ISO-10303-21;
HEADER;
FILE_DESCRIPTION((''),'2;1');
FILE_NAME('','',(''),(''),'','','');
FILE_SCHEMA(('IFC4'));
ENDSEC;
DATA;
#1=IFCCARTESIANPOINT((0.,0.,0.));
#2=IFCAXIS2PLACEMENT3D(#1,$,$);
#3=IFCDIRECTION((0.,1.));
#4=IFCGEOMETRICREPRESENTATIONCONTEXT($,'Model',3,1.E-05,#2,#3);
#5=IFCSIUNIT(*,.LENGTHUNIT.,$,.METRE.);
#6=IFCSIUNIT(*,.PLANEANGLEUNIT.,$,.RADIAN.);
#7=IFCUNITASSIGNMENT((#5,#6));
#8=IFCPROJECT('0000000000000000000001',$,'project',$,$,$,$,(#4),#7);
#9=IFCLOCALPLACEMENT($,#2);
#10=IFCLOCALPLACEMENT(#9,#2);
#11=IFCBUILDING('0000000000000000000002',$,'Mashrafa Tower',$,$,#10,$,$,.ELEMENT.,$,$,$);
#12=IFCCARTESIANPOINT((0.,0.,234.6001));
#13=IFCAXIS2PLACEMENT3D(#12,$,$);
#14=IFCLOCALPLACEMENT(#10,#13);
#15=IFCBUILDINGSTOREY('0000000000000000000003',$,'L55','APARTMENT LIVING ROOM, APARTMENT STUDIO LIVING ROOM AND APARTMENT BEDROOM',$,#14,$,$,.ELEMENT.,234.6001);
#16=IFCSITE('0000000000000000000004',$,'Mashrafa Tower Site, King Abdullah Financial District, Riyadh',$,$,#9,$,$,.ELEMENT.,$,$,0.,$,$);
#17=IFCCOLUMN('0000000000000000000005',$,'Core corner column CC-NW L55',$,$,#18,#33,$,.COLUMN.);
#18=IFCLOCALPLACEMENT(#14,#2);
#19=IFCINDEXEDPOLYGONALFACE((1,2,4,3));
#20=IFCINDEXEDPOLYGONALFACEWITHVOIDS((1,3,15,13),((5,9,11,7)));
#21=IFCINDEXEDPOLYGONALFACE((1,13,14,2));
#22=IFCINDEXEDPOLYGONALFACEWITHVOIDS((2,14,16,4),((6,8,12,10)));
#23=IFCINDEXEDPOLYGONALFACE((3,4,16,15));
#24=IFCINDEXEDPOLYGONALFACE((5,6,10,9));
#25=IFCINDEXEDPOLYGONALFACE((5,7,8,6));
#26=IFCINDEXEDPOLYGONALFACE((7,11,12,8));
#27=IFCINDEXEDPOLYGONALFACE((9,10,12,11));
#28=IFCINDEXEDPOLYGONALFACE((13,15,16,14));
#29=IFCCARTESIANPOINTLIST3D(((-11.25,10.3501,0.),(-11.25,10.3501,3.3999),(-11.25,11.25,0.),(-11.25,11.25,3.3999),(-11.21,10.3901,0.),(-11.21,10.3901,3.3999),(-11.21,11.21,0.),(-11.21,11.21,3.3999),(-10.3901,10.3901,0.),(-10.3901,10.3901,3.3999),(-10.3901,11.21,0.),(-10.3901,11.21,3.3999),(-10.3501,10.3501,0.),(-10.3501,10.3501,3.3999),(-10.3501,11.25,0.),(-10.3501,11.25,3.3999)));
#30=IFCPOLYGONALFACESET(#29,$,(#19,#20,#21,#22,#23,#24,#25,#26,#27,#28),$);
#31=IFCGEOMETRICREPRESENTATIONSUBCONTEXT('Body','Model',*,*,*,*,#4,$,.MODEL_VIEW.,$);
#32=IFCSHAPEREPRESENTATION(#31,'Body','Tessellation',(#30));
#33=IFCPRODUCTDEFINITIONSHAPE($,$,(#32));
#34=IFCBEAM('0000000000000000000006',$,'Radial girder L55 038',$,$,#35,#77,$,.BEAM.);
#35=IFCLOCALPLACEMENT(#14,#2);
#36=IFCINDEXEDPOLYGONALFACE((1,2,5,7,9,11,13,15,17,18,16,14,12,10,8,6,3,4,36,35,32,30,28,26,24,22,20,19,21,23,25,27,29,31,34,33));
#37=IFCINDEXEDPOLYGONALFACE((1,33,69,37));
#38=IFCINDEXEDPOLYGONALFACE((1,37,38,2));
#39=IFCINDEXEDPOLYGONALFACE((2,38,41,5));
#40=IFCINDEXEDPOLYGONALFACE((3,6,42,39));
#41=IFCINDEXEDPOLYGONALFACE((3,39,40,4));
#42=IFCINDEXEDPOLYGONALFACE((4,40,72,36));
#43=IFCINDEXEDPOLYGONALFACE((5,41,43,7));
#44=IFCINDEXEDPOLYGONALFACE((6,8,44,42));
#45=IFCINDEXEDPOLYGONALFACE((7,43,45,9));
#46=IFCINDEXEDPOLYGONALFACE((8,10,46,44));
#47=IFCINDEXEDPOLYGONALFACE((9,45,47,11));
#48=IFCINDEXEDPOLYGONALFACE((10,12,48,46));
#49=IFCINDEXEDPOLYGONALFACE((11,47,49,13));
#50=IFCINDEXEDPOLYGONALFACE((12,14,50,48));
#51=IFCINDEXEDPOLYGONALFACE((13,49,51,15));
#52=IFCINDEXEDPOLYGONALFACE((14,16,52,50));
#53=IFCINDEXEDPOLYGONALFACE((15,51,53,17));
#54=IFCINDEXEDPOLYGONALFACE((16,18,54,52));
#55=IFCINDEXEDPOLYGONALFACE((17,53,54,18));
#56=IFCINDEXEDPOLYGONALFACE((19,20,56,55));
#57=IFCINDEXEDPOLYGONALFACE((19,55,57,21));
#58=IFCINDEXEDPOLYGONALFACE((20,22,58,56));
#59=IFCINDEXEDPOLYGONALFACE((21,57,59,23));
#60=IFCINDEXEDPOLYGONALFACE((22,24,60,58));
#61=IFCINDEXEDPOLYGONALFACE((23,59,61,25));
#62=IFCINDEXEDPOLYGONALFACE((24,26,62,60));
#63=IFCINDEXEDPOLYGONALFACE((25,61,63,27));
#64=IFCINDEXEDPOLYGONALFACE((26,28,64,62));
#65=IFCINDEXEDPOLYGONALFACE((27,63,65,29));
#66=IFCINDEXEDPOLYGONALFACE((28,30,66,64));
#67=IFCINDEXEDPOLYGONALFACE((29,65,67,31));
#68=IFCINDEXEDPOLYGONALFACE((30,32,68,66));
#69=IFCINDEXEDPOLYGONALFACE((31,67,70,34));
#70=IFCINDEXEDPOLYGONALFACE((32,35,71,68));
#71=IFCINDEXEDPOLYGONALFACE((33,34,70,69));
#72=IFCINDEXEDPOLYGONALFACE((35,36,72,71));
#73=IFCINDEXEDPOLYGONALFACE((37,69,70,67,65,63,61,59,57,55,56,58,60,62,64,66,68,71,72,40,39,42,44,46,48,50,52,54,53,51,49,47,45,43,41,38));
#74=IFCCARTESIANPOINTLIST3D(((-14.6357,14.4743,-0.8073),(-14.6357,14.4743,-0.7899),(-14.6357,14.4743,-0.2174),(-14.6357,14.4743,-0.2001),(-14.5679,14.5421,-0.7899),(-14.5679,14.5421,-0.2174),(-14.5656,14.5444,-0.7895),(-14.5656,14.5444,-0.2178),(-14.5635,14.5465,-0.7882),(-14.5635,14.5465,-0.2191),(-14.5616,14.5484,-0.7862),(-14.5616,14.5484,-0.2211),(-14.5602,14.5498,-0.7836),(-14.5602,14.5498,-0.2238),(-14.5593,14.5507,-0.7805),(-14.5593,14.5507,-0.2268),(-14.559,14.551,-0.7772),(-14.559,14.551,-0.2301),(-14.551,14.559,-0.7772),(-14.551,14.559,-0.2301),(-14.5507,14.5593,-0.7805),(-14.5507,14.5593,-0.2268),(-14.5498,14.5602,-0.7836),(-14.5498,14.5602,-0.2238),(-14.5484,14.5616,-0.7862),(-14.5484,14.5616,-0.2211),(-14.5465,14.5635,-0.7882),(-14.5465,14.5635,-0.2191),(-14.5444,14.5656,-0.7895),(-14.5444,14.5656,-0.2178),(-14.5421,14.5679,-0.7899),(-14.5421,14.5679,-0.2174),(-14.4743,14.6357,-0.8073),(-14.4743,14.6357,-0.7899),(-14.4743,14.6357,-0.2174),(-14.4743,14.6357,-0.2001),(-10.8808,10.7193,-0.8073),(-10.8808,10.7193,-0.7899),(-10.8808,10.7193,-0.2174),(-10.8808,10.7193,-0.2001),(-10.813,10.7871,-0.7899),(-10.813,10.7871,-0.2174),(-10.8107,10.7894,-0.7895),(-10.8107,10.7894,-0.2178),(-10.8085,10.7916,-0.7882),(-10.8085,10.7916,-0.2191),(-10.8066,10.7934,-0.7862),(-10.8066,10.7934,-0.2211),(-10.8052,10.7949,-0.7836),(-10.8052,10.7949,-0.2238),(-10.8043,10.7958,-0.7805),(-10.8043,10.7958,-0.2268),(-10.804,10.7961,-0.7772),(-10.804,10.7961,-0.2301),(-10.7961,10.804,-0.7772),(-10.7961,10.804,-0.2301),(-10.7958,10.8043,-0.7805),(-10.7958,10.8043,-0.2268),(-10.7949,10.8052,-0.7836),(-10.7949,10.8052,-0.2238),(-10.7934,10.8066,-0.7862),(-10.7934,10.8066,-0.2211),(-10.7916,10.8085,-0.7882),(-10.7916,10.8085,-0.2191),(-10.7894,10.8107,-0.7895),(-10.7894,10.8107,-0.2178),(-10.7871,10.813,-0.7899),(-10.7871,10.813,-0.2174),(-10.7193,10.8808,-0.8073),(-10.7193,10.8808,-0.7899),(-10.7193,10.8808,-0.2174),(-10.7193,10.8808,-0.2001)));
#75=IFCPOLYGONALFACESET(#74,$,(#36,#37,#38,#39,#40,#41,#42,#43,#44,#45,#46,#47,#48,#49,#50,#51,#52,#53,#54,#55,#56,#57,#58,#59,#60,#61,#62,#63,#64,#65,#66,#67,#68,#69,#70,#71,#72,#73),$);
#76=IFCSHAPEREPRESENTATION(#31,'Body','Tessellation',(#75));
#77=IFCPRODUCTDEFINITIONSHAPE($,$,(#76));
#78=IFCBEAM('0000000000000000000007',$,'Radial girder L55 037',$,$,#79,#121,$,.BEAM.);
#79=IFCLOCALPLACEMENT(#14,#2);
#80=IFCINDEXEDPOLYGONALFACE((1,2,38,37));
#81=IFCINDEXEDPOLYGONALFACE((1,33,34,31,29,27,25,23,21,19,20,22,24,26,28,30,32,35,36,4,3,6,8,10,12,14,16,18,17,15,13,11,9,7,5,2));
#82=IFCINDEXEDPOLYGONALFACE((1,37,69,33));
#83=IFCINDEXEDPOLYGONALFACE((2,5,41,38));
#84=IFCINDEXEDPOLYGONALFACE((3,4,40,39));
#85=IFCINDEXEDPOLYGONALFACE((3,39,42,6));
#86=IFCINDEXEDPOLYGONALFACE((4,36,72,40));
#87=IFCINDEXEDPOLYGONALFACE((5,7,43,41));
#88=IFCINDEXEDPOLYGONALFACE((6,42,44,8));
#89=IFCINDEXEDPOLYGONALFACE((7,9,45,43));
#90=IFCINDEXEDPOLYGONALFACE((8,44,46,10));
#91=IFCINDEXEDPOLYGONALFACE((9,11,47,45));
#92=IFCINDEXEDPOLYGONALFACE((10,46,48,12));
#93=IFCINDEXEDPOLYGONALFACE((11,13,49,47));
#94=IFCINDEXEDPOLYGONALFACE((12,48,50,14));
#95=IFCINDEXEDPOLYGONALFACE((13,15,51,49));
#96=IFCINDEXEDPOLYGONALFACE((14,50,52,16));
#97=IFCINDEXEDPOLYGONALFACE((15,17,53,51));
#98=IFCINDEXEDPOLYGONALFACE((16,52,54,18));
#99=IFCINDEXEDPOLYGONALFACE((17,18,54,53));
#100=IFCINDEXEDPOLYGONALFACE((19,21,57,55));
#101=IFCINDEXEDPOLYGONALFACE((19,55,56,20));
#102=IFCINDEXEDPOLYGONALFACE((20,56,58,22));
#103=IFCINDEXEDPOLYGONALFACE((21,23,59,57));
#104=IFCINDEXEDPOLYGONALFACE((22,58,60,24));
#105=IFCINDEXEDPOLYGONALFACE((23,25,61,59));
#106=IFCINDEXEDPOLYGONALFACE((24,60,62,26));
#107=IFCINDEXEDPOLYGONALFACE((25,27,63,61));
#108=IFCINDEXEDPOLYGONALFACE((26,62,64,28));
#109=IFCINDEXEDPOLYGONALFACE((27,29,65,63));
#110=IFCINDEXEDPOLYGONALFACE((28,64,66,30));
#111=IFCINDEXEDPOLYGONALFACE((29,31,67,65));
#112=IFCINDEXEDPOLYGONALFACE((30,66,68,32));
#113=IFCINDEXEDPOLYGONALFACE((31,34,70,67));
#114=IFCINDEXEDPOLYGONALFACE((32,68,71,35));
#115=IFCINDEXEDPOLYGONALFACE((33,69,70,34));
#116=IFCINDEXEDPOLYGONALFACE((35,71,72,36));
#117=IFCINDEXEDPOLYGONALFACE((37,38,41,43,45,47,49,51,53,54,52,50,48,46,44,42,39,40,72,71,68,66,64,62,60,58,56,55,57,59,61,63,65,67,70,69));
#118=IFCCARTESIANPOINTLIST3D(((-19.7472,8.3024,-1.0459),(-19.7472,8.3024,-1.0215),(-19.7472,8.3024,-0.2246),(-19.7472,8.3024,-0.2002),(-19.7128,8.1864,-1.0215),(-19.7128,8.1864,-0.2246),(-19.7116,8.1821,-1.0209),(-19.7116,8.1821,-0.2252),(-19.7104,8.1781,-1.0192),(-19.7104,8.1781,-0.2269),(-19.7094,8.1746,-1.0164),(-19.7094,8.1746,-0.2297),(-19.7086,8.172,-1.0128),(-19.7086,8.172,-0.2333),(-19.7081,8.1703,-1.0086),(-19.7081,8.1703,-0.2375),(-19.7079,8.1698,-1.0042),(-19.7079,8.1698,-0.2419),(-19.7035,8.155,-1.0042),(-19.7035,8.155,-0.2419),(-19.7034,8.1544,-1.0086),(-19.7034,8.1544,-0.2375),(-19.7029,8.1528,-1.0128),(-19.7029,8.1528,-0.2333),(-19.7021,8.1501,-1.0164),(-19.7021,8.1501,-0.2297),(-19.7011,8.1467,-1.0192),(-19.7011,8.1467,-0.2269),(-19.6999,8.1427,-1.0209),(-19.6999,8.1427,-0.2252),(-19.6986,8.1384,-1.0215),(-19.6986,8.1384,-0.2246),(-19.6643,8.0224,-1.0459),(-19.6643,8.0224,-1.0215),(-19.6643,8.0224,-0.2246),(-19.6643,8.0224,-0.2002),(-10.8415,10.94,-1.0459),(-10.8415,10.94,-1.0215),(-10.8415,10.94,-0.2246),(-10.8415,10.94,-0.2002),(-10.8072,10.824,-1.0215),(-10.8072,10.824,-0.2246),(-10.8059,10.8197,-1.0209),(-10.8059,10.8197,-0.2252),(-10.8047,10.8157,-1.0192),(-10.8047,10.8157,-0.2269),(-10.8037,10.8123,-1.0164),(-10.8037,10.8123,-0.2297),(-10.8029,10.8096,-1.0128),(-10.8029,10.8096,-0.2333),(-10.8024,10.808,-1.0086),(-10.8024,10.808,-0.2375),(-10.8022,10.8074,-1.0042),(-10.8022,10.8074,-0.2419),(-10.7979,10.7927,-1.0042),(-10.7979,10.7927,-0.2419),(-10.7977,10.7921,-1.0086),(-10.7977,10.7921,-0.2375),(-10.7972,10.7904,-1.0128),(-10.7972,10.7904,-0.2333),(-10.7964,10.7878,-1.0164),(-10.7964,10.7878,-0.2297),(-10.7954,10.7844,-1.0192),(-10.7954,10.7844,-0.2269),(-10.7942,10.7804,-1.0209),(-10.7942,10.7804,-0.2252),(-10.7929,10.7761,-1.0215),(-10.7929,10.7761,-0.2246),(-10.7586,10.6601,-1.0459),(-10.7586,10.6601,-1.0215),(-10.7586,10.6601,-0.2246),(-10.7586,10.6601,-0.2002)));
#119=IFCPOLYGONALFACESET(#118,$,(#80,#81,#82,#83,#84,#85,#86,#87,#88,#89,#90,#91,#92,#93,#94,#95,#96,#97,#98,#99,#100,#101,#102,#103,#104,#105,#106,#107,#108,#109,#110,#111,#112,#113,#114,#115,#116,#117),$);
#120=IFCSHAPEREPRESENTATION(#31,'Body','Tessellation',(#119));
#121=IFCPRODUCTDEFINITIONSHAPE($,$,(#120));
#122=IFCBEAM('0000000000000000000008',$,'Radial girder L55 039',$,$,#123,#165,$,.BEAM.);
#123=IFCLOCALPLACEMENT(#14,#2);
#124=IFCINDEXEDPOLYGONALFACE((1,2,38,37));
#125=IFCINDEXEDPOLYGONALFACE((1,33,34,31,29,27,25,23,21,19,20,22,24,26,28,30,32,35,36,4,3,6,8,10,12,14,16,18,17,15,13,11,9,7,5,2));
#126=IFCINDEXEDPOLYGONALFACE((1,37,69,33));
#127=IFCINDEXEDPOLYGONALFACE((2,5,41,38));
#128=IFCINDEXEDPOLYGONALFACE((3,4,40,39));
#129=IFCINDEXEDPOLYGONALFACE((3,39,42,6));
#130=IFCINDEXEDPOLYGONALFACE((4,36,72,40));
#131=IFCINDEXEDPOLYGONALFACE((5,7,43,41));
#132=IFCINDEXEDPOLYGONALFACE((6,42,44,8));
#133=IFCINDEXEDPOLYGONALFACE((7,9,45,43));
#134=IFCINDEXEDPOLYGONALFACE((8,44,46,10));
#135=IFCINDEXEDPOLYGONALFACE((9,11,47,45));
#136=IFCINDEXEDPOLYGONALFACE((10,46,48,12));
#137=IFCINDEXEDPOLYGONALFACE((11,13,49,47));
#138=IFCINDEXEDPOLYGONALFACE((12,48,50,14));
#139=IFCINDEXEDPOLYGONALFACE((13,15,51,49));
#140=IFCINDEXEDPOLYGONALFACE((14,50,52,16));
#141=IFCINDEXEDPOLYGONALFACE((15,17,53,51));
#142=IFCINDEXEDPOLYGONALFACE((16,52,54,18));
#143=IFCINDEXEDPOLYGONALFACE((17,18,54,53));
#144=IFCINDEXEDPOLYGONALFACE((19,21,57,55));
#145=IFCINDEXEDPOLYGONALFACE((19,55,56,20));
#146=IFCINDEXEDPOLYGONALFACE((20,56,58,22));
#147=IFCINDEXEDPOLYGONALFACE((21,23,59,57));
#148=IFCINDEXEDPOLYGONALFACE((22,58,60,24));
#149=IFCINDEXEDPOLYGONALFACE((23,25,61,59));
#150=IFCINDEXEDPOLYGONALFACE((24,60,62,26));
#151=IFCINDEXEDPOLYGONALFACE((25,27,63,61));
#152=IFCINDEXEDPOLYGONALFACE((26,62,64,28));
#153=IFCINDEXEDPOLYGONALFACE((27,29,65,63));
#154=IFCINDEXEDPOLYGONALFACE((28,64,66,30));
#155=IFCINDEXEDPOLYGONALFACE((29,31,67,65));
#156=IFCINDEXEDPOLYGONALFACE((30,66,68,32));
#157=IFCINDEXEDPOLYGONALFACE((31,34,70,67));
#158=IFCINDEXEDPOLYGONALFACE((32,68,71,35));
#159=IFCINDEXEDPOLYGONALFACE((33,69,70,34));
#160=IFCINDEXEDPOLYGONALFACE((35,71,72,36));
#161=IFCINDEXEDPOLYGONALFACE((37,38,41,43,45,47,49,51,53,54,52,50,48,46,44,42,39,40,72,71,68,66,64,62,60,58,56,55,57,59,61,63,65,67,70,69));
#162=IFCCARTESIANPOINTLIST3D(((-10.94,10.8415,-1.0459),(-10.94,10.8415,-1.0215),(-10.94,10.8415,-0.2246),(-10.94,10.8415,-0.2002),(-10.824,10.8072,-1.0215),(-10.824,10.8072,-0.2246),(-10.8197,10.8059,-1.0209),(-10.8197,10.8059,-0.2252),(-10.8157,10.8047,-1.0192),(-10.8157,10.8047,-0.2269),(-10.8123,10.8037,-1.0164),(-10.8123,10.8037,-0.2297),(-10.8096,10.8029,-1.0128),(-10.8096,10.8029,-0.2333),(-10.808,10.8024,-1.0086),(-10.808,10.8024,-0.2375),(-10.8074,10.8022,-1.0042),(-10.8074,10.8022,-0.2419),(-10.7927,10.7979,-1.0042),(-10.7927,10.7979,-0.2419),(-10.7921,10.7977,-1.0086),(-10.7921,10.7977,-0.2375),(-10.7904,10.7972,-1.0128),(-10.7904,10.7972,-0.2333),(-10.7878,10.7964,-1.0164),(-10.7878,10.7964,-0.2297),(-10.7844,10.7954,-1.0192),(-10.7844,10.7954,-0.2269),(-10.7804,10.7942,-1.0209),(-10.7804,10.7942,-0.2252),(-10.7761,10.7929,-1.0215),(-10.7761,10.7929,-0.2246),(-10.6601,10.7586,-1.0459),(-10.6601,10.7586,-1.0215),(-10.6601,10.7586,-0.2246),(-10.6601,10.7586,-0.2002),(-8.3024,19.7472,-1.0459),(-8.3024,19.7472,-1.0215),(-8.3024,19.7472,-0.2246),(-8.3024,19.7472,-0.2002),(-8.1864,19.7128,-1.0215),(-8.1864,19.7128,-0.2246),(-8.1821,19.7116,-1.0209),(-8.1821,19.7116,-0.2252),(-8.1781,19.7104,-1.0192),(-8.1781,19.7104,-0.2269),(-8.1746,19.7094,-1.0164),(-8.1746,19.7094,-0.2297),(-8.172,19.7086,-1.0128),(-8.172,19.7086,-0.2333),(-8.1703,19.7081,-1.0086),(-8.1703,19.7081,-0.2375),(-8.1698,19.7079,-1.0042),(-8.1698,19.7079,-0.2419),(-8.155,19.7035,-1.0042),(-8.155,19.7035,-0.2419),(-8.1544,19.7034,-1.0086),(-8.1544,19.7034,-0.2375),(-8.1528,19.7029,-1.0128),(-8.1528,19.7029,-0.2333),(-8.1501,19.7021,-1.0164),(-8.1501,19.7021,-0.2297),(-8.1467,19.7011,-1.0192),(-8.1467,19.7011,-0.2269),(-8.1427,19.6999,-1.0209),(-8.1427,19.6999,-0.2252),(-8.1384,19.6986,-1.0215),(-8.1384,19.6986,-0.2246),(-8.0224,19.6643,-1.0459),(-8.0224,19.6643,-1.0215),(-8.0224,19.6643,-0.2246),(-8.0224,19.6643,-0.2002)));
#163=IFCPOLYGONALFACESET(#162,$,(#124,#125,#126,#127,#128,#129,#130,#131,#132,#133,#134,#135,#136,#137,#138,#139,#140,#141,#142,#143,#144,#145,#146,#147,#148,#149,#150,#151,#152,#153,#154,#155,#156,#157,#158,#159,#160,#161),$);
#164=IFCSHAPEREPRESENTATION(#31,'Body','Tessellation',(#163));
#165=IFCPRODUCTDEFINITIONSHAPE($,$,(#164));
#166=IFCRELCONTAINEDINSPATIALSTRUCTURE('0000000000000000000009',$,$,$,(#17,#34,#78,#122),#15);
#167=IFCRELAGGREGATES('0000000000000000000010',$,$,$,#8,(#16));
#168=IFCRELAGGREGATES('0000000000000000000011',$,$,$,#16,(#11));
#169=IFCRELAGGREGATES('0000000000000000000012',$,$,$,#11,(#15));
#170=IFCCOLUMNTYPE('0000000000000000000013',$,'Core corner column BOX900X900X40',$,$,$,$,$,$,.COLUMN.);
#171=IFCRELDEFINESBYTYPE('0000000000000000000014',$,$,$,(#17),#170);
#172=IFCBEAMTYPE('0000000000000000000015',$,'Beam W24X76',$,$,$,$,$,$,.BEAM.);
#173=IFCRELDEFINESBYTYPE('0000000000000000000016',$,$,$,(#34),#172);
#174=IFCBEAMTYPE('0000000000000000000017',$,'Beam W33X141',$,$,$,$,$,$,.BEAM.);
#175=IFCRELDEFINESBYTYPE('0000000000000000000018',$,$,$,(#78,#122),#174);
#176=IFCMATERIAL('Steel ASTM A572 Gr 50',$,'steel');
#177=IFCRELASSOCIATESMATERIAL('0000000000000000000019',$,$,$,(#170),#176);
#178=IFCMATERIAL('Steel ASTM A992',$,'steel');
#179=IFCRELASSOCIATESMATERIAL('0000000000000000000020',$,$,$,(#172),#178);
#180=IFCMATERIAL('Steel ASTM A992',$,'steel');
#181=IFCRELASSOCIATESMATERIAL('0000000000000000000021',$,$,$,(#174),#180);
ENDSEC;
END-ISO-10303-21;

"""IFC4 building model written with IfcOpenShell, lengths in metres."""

from ifc_helpers import new_model, si_unit, direction, frame, origin, origin_2d, place, context, subcontext, project, spatial, hollow_rectangle, i_section, extrude, material, material_profile, profile_set, type_object, element, save


model = new_model("IFC4")

# Units and contexts
model_context = context("Model", 3, precision=1e-05, world=origin(), true_north=direction((0.0, 1.0)))
body_context = subcontext(model_context, "Body", "Model", "MODEL_VIEW")
ifc_project = project(units=[si_unit("LENGTHUNIT", "METRE"), si_unit("PLANEANGLEUNIT", "RADIAN")], contexts=[model_context])

# Site, building, storey
site_placement = place(None, origin())
site = spatial("IfcSite", under=ifc_project, at=site_placement, Name="Mashrafa Tower Site, King Abdullah Financial District, Riyadh", CompositionType="ELEMENT", RefElevation=0.0)
building_placement = place(site_placement, origin())
building = spatial("IfcBuilding", under=site, at=building_placement, Name="Mashrafa Tower", CompositionType="ELEMENT")
storey_placement = place(building_placement, frame((0.0, 0.0, 234.6001)))
storey = spatial("IfcBuildingStorey", under=building, at=storey_placement, Name="L55", Description="APARTMENT LIVING ROOM, APARTMENT STUDIO LIVING ROOM AND APARTMENT BEDROOM", CompositionType="ELEMENT", Elevation=234.6001)

# Column
ifc_material_1 = material(Name="Steel ASTM A572 Gr 50", Category="steel")
ifc_material_profile_1 = material_profile(ifc_material_1, hollow_rectangle(XDim=0.8999, YDim=0.8999, WallThickness=0.04, at=origin_2d()), Name="BOX900X900X40")
ifc_profile_set_1 = profile_set([ifc_material_profile_1], Name="Steel ASTM A572 Gr 50")
column_type = type_object("IfcColumnType", Name="Core corner column BOX900X900X40", PredefinedType="COLUMN", material=ifc_profile_set_1)
column_placement = place(storey_placement, frame((-10.8, 10.8, 0.0), z_axis=(0.0, 0.0, 1.0), x_axis=(1.0, 0.0, 0.0)))
element("IfcColumn", 1, at=column_placement, inside=storey, type_object=column_type, Name="Core corner column CC-NW L55", PredefinedType="COLUMN", context=body_context, shape_type="SweptSolid", body=[
    extrude(hollow_rectangle(XDim=0.8999, YDim=0.8999, WallThickness=0.04, at=origin_2d()), origin(), (0.0, 0.0, 1.0), 3.3999),
])

# Beams
ifc_material_2 = material(Name="Steel ASTM A992", Category="steel")
ifc_material_profile_2 = material_profile(ifc_material_2, i_section(OverallWidth=0.2283, OverallDepth=0.6072, WebThickness=0.0112, FlangeThickness=0.0173, FilletRadius=0.0127, at=origin_2d()), Name="W24X76")
ifc_profile_set_2 = profile_set([ifc_material_profile_2], Name="Steel ASTM A992")
beam_type_1 = type_object("IfcBeamType", Name="Beam W24X76", PredefinedType="BEAM", material=ifc_profile_set_2)
beam_1_placement = place(storey_placement, frame((-10.8, 10.8, -0.5037), z_axis=(-0.707107, 0.707107, 0.0), x_axis=(-0.707107, -0.707107, 0.0)))
element("IfcBeam", 2, at=beam_1_placement, inside=storey, type_object=beam_type_1, Name="Radial girder L55 038", PredefinedType="BEAM", context=body_context, shape_type="SweptSolid", body=[
    extrude(i_section(OverallWidth=0.2283, OverallDepth=0.6072, WebThickness=0.0112, FlangeThickness=0.0173, FilletRadius=0.0127, at=origin_2d()), origin(), (0.0, 0.0, 1.0), 5.3103),
])
ifc_material_3 = material(Name="Steel ASTM A992", Category="steel")
ifc_material_profile_3 = material_profile(ifc_material_3, i_section(OverallWidth=0.292, OverallDepth=0.8457, WebThickness=0.0154, FlangeThickness=0.0244, FilletRadius=0.0173, at=origin_2d()), Name="W33X141")
ifc_profile_set_3 = profile_set([ifc_material_profile_3], Name="Steel ASTM A992")
beam_type_2 = type_object("IfcBeamType", Name="Beam W33X141", PredefinedType="BEAM", material=ifc_profile_set_3)
for number, where, z_axis, x_axis, name in (
    (3, (-10.8, 10.8, -0.623), (-0.958829, -0.283985, 0.0), (0.283985, -0.958829, 0.0), "Radial girder L55 037"),
    (4, (-10.8, 10.8, -0.623), (0.283985, 0.958829, 0.0), (-0.958829, 0.283985, 0.0), "Radial girder L55 039"),
):
    element("IfcBeam", number, at=place(storey_placement, frame(where, z_axis=z_axis, x_axis=x_axis)), inside=storey, type_object=beam_type_2, Name=name, PredefinedType="BEAM", context=body_context, shape_type="SweptSolid", body=[
        extrude(i_section(OverallWidth=0.292, OverallDepth=0.8457, WebThickness=0.0154, FlangeThickness=0.0244, FilletRadius=0.0173, at=origin_2d()), origin(), (0.0, 0.0, 1.0), 9.2881),
    ])

save(model, "model.ifc")
